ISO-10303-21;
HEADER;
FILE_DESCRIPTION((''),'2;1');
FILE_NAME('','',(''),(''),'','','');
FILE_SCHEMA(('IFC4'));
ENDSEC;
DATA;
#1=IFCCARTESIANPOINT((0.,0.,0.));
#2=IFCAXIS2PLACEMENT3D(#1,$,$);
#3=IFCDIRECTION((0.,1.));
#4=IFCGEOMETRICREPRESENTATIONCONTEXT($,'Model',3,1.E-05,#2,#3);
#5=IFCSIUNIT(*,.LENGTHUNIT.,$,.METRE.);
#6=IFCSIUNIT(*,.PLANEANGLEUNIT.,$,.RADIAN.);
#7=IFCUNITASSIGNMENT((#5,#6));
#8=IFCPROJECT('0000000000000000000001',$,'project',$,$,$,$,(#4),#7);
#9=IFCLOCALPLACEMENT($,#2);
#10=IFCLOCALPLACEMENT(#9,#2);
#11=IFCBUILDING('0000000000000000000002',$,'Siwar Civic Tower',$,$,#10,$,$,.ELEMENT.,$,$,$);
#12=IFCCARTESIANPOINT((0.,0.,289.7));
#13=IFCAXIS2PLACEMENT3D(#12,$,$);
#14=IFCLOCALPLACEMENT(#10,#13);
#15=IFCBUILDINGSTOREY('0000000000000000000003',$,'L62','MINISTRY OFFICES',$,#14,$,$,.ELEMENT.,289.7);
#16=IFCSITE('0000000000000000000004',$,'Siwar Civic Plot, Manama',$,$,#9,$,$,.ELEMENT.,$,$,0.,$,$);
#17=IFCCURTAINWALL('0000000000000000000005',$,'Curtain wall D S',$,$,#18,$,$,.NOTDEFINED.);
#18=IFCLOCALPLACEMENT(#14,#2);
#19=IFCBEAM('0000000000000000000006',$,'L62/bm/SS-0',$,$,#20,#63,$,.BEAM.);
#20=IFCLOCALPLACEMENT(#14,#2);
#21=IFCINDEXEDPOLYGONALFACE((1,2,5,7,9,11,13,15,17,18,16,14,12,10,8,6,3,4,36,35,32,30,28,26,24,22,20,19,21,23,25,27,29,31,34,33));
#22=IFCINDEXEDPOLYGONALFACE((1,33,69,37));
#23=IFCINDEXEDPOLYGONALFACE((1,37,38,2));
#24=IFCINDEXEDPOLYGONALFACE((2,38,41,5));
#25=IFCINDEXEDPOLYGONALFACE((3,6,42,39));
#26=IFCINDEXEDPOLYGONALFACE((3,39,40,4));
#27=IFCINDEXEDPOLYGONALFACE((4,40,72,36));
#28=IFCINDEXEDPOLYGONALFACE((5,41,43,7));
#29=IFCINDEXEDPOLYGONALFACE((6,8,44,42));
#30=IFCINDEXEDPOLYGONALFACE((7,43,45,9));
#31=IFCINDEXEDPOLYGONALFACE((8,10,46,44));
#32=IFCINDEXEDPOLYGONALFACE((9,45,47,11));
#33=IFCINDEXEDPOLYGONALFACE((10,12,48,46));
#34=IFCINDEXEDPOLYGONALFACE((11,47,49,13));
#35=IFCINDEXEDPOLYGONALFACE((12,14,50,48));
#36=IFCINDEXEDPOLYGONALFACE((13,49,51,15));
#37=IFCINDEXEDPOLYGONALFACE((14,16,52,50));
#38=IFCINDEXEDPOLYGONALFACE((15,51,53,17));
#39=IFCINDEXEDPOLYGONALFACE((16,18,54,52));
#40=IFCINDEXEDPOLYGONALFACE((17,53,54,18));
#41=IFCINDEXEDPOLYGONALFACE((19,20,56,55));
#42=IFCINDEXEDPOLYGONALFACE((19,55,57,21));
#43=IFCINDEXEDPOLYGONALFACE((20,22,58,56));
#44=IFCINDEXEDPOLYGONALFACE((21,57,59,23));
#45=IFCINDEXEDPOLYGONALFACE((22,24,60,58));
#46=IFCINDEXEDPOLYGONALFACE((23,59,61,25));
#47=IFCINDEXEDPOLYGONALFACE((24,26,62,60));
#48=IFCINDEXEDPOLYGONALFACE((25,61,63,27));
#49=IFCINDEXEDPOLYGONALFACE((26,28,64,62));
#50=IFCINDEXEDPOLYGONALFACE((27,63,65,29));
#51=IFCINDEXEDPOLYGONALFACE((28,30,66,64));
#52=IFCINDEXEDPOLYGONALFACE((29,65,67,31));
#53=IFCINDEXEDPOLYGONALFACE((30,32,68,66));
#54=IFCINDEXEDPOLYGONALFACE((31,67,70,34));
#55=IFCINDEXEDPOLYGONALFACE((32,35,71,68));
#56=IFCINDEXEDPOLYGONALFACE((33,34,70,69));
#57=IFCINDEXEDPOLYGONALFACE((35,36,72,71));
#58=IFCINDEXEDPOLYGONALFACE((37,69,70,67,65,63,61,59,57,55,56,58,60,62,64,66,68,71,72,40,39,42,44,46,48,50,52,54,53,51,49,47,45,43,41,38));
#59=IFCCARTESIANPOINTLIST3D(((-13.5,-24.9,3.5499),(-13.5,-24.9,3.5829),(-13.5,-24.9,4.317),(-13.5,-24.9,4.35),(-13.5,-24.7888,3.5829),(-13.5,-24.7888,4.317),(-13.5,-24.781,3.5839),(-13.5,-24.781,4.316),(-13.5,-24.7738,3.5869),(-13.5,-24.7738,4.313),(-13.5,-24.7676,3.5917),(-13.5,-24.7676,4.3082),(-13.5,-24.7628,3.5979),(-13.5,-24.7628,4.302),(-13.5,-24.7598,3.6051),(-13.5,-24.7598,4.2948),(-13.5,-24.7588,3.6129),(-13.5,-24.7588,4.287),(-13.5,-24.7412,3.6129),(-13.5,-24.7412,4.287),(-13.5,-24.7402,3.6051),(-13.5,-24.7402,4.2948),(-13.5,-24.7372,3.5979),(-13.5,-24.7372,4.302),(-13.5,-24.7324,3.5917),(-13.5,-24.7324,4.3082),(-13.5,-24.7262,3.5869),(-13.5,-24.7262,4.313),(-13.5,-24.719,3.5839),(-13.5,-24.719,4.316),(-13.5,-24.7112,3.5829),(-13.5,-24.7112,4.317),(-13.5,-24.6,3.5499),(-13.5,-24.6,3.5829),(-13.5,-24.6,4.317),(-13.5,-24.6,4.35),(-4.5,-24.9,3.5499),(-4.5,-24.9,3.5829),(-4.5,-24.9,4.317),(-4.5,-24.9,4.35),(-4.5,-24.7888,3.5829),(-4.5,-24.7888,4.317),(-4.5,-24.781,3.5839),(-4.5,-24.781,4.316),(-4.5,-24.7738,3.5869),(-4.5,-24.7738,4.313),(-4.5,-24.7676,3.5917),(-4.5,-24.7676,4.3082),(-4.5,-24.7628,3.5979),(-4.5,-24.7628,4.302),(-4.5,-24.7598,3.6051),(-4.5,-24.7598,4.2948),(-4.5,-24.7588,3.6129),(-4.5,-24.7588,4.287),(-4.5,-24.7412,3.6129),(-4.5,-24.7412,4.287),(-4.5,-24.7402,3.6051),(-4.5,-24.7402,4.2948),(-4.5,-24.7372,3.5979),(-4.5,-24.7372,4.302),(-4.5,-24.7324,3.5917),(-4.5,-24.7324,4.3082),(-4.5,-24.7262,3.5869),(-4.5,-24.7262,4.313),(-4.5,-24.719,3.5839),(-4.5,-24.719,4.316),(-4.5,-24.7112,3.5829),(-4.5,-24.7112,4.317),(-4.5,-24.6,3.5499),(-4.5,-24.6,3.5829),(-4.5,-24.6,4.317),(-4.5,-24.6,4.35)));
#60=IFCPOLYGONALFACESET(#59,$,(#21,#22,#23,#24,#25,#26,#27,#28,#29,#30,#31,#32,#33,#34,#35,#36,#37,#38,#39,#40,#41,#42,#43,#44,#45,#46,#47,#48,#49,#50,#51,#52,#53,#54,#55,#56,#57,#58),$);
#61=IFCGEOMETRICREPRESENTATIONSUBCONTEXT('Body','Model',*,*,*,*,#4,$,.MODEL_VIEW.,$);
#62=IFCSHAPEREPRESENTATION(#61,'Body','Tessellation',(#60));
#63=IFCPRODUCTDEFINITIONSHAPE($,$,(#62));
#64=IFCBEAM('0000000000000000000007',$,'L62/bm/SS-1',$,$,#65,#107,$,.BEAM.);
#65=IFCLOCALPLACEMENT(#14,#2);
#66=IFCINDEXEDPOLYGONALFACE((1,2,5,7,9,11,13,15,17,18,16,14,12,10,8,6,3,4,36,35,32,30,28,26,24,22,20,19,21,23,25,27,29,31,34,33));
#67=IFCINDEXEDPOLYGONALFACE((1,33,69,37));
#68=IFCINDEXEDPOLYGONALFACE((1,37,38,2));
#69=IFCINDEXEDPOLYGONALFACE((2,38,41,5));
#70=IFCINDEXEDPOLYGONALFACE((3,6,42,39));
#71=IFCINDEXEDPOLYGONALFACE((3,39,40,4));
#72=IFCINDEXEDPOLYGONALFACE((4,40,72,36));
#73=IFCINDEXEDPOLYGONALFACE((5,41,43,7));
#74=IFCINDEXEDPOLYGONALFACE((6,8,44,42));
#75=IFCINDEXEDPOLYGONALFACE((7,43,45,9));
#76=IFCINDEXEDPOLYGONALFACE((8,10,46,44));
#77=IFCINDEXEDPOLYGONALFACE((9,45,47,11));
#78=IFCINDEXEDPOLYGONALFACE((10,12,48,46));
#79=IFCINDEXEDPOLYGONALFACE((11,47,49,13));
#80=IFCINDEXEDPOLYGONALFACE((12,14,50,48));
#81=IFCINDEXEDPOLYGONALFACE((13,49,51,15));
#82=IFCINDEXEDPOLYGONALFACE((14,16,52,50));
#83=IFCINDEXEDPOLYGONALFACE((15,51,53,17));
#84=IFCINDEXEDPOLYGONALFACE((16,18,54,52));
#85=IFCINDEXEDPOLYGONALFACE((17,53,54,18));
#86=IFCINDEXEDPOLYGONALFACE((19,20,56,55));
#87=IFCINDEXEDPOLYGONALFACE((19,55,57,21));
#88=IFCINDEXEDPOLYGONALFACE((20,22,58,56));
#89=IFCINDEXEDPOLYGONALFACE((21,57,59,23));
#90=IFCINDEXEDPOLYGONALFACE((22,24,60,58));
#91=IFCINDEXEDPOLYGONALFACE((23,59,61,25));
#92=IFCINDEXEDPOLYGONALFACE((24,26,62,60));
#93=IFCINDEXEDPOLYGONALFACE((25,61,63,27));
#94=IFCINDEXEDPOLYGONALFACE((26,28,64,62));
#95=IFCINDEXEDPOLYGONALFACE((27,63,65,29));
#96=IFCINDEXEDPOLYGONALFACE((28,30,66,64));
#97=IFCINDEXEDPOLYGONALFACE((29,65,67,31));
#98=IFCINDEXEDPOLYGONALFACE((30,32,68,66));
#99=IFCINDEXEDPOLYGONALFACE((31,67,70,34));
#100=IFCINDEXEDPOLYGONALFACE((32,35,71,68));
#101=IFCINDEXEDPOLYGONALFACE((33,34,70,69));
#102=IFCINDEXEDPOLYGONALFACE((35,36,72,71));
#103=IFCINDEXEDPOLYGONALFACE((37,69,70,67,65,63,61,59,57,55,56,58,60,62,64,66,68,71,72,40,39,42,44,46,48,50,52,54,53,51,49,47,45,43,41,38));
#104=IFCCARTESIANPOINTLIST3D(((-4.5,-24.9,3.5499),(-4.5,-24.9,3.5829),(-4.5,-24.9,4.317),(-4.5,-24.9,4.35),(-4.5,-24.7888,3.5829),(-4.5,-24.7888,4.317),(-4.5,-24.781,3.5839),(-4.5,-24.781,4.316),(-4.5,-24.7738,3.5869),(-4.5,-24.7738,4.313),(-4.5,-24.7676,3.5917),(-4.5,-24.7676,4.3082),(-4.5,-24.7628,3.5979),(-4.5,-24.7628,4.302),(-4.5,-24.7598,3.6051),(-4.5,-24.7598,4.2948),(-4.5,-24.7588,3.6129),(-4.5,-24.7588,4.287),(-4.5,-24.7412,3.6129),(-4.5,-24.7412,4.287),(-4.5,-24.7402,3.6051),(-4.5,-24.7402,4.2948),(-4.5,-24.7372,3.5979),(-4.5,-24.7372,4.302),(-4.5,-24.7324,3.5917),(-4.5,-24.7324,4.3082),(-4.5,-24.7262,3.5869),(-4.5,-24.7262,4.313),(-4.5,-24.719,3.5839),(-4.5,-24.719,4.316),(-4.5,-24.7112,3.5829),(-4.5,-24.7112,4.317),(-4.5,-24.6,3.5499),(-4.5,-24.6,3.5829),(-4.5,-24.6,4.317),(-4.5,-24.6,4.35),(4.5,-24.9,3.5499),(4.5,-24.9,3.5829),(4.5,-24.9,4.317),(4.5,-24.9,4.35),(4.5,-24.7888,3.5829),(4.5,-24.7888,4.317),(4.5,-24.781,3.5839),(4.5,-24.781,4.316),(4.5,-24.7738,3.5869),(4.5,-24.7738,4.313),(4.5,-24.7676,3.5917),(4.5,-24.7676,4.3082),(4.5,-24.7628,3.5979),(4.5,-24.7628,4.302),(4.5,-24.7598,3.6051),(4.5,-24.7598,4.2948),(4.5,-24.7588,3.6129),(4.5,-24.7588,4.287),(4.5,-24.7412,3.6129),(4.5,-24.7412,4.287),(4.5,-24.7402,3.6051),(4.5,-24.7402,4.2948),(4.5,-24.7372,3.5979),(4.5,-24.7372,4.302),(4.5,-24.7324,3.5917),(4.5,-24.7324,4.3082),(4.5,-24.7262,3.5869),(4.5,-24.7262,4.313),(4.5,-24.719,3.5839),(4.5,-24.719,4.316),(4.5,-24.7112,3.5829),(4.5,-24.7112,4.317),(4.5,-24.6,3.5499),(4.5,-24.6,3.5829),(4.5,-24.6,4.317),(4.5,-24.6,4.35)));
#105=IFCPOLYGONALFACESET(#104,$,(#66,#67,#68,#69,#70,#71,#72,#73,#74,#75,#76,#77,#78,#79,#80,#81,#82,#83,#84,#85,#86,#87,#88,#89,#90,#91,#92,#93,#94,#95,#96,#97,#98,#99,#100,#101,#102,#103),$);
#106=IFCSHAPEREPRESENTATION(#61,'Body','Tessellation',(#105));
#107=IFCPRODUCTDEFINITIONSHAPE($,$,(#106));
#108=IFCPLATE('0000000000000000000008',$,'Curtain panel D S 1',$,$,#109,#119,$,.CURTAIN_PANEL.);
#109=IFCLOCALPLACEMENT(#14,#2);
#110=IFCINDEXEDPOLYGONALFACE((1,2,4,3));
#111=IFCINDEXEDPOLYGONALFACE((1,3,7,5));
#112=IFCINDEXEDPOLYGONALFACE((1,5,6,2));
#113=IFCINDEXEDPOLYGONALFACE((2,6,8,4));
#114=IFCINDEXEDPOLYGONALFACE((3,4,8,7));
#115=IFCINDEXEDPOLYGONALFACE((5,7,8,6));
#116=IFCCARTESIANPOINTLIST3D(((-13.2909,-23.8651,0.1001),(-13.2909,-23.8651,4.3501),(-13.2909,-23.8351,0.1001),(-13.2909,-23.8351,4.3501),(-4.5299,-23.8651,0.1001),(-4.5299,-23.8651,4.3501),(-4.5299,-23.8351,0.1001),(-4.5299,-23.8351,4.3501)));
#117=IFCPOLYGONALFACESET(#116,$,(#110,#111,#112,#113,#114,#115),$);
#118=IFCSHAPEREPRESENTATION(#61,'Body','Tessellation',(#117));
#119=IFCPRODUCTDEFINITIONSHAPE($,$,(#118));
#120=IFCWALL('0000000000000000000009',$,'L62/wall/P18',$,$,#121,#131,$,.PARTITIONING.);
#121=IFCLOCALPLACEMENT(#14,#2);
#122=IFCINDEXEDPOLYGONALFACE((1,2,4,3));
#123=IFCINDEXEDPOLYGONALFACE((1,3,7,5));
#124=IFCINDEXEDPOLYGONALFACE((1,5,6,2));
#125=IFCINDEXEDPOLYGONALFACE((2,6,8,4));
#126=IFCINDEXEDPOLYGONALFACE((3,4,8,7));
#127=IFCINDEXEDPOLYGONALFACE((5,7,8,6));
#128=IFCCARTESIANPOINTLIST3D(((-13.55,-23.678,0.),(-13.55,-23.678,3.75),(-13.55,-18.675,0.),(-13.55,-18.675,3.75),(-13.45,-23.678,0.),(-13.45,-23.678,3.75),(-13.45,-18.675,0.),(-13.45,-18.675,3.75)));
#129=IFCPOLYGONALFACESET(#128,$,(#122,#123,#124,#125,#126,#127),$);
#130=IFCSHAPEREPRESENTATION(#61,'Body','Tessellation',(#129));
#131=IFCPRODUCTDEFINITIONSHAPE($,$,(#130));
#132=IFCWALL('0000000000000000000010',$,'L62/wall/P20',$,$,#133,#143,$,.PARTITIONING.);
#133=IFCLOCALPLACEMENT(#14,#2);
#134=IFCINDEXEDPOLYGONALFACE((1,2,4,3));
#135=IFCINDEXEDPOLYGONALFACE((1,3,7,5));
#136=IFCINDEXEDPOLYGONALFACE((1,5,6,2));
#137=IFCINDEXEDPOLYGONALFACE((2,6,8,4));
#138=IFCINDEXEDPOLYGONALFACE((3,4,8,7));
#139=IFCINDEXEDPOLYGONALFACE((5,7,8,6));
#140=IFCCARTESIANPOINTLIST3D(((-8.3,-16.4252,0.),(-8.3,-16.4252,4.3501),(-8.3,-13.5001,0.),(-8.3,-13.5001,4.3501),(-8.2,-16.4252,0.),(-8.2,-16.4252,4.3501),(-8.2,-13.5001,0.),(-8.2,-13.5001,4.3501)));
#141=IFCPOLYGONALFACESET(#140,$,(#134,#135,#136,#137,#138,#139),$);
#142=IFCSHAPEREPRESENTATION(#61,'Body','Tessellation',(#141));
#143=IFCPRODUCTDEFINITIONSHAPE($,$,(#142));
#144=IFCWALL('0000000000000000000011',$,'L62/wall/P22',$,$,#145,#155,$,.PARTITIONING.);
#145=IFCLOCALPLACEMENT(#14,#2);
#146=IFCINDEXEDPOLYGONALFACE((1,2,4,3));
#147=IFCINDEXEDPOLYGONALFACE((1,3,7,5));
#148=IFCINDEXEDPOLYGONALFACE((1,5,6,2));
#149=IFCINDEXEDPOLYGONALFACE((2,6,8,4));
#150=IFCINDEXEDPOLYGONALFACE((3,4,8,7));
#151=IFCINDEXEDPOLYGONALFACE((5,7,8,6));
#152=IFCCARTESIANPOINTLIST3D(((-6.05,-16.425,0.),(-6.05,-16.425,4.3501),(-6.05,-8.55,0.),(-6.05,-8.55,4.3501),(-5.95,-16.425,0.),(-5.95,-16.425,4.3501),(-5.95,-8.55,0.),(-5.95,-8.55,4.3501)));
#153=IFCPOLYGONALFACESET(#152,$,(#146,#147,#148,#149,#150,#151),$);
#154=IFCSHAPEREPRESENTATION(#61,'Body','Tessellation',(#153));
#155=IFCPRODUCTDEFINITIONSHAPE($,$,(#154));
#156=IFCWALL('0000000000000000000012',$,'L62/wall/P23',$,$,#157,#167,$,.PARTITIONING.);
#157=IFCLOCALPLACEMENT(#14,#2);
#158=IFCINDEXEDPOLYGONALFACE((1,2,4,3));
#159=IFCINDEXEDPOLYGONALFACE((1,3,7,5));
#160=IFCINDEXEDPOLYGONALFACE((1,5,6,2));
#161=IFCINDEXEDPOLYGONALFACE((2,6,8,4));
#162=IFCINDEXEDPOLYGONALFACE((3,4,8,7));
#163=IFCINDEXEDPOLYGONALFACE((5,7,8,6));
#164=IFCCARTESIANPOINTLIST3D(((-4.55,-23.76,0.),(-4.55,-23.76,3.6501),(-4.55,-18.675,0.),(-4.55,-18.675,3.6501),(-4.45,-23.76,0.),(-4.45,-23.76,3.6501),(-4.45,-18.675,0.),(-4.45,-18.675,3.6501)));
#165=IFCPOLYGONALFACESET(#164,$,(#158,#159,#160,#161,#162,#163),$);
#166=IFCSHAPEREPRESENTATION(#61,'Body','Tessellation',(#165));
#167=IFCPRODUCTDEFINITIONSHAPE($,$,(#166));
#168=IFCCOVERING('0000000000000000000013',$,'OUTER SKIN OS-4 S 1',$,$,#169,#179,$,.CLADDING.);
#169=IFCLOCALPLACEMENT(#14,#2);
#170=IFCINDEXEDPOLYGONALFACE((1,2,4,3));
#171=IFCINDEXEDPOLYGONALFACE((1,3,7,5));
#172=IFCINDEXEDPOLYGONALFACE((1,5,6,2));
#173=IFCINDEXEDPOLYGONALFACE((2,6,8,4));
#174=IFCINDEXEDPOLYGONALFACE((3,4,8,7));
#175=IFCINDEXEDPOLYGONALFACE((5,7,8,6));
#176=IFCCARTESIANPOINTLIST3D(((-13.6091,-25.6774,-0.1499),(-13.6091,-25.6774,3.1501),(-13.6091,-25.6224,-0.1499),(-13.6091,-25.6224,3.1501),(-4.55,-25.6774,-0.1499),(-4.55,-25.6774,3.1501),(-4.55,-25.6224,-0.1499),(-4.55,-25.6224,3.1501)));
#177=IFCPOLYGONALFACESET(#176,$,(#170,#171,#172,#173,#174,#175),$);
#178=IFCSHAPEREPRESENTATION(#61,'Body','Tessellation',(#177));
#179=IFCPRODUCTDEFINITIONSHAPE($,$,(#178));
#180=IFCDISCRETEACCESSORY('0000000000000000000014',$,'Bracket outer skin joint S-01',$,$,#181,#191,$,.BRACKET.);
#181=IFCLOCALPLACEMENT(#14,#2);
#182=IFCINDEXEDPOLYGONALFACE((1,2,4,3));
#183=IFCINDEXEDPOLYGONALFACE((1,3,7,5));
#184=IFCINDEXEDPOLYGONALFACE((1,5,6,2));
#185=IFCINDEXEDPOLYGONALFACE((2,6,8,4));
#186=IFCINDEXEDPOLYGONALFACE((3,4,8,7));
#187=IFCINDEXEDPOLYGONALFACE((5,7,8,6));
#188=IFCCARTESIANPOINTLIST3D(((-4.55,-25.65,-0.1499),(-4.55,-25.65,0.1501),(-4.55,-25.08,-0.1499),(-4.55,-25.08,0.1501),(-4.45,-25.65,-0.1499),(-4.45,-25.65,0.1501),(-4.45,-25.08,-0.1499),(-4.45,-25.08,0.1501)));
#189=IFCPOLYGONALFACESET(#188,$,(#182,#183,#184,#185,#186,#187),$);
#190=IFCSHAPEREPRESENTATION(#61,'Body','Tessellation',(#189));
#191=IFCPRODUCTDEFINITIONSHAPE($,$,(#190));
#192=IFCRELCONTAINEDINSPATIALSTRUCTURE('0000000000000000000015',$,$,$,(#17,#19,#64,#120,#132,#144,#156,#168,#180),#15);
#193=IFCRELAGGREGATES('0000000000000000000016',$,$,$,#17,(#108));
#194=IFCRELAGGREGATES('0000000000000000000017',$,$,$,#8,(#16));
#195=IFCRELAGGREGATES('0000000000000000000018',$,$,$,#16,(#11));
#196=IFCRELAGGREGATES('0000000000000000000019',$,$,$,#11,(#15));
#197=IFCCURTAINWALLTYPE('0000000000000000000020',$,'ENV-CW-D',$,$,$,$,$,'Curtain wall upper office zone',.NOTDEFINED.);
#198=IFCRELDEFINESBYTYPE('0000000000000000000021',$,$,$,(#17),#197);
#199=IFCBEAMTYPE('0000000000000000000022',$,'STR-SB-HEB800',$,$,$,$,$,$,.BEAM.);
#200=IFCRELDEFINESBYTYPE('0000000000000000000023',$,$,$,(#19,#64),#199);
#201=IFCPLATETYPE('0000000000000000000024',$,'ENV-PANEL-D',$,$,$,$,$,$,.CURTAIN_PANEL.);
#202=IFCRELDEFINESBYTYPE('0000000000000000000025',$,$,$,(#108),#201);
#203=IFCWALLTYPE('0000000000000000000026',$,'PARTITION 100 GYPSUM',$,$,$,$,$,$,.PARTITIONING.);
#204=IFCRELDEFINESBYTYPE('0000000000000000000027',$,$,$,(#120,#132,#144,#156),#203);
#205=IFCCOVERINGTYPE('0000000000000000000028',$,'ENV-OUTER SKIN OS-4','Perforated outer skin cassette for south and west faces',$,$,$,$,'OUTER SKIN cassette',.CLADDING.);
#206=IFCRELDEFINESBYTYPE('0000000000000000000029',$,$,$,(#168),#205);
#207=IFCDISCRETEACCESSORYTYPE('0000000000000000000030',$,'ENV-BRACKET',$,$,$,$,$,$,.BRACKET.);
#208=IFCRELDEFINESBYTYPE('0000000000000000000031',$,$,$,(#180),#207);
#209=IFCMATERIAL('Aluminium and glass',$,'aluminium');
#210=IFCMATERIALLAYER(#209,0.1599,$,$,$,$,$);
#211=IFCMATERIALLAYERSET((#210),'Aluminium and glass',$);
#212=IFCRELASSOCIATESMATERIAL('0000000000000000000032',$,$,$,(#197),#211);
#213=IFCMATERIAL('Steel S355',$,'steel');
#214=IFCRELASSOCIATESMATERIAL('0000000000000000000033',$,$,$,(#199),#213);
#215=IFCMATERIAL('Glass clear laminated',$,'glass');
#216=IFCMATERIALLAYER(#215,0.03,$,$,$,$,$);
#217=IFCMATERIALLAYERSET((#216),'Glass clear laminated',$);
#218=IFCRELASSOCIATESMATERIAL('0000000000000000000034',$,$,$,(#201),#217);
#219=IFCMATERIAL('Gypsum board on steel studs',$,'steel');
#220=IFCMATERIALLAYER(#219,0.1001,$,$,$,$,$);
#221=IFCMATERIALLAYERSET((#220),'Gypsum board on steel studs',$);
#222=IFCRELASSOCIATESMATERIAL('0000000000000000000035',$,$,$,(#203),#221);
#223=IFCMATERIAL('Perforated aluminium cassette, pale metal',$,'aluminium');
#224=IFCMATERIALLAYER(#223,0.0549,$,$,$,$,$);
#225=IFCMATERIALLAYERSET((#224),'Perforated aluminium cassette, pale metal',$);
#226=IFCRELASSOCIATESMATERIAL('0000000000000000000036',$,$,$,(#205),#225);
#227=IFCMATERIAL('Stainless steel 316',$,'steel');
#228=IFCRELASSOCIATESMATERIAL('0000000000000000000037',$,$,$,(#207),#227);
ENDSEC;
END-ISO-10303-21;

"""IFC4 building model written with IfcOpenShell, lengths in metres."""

from ifc_helpers import new_model, si_unit, direction, frame, frame_2d, origin, origin_2d, place, context, subcontext, project, spatial, rectangle, i_section, extrude, material, layer, layer_set, material_profile, profile_set, type_object, element, aggregate, save


model = new_model("IFC4")

# Units and contexts
model_context = context("Model", 3, precision=1e-05, world=origin(), true_north=direction((0.0, 1.0)))
body_context = subcontext(model_context, "Body", "Model", "MODEL_VIEW")
ifc_project = project(units=[si_unit("LENGTHUNIT", "METRE"), si_unit("PLANEANGLEUNIT", "RADIAN")], contexts=[model_context])

# Site, building, storey
site_placement = place(None, origin())
site = spatial("IfcSite", under=ifc_project, at=site_placement, Name="Siwar Civic Plot, Manama", CompositionType="ELEMENT", RefElevation=0.0)
building_placement = place(site_placement, origin())
building = spatial("IfcBuilding", under=site, at=building_placement, Name="Siwar Civic Tower", CompositionType="ELEMENT")
storey_placement = place(building_placement, frame((0.0, 0.0, 289.7)))
storey = spatial("IfcBuildingStorey", under=building, at=storey_placement, Name="L62", Description="MINISTRY OFFICES", CompositionType="ELEMENT", Elevation=289.7)

# Curtain wall
ifc_material_1 = material(Name="Aluminium and glass", Category="aluminium")
ifc_layer_1 = layer(ifc_material_1, 0.1599)
ifc_layer_set_1 = layer_set([ifc_layer_1], Name="Aluminium and glass")
curtain_wall_type = type_object("IfcCurtainWallType", Name="ENV-CW-D", ElementType="Curtain wall upper office zone", PredefinedType="NOTDEFINED", material=ifc_layer_set_1)
curtain_wall_placement = place(storey_placement, origin())
curtain_wall = element("IfcCurtainWall", 1, at=curtain_wall_placement, inside=storey, type_object=curtain_wall_type, Name="Curtain wall D S", PredefinedType="NOTDEFINED")

# Beams
ifc_material_2 = material(Name="Steel S355", Category="steel")
ifc_material_profile_1 = material_profile(ifc_material_2, i_section(OverallWidth=0.3, OverallDepth=0.8, WebThickness=0.0176, FlangeThickness=0.033, FilletRadius=0.03, at=origin_2d()), Name="HEB800")
ifc_profile_set_1 = profile_set([ifc_material_profile_1], Name="Steel S355")
beam_type_1 = type_object("IfcBeamType", Name="STR-SB-HEB800", PredefinedType="BEAM", material=ifc_profile_set_1)
for number, where, z_axis, x_axis, name in (
    (2, (-13.5, -24.75, 3.95), (1.0, 0.0, 0.0), (0.0, 1.0, 0.0), "L62/bm/SS-0"),
    (3, (-4.5, -24.75, 3.95), (1.0, 0.0, 0.0), (0.0, 1.0, 0.0), "L62/bm/SS-1"),
):
    element("IfcBeam", number, at=place(storey_placement, frame(where, z_axis=z_axis, x_axis=x_axis)), inside=storey, type_object=beam_type_1, Name=name, PredefinedType="BEAM", context=body_context, shape_type="SweptSolid", body=[
        extrude(i_section(OverallWidth=0.3, OverallDepth=0.8, WebThickness=0.0176, FlangeThickness=0.033, FilletRadius=0.03, at=origin_2d()), origin(), (0.0, 0.0, 1.0), 9.0),
    ])

# Plate
ifc_material_3 = material(Name="Glass clear laminated", Category="glass")
ifc_layer_2 = layer(ifc_material_3, 0.03)
ifc_layer_set_2 = layer_set([ifc_layer_2], Name="Glass clear laminated")
plate_type = type_object("IfcPlateType", Name="ENV-PANEL-D", PredefinedType="CURTAIN_PANEL", material=ifc_layer_set_2)
plate_placement = place(storey_placement, frame((-8.9104, -23.8501, 0.1001), z_axis=(0.0, 0.0, 1.0), x_axis=(1.0, 0.0, 0.0)))
plate = element("IfcPlate", 4, at=plate_placement, type_object=plate_type, Name="Curtain panel D S 1", PredefinedType="CURTAIN_PANEL", context=body_context, shape_type="SweptSolid", body=[
    extrude(rectangle(XDim=8.761, YDim=0.03, at=origin_2d()), origin(), (0.0, 0.0, 1.0), 4.25),
])
aggregate(curtain_wall, [plate])

# Walls
ifc_material_4 = material(Name="Gypsum board on steel studs", Category="steel")
ifc_layer_3 = layer(ifc_material_4, 0.1001)
ifc_layer_set_3 = layer_set([ifc_layer_3], Name="Gypsum board on steel studs")
wall_type = type_object("IfcWallType", Name="PARTITION 100 GYPSUM", PredefinedType="PARTITIONING", material=ifc_layer_set_3)
wall_1_placement = place(storey_placement, frame((-13.5, -23.678, 0.0), z_axis=(0.0, 0.0, 1.0), x_axis=(0.0, 1.0, 0.0)))
element("IfcWall", 5, at=wall_1_placement, inside=storey, type_object=wall_type, Name="L62/wall/P18", PredefinedType="PARTITIONING", context=body_context, shape_type="SweptSolid", body=[
    extrude(rectangle(XDim=5.0029, YDim=0.1001, at=frame_2d((2.5015, 0.0))), origin(), (0.0, 0.0, 1.0), 3.75),
])
wall_2_placement = place(storey_placement, frame((-8.25, -16.425, 0.0), z_axis=(0.0, 0.0, 1.0), x_axis=(0.0, 1.0, 0.0)))
element("IfcWall", 6, at=wall_2_placement, inside=storey, type_object=wall_type, Name="L62/wall/P20", PredefinedType="PARTITIONING", context=body_context, shape_type="SweptSolid", body=[
    extrude(rectangle(XDim=2.925, YDim=0.1001, at=frame_2d((1.4624, 0.0))), origin(), (0.0, 0.0, 1.0), 4.3501),
])
wall_3_placement = place(storey_placement, frame((-6.0, -16.425, 0.0), z_axis=(0.0, 0.0, 1.0), x_axis=(0.0, 1.0, 0.0)))
element("IfcWall", 7, at=wall_3_placement, inside=storey, type_object=wall_type, Name="L62/wall/P22", PredefinedType="PARTITIONING", context=body_context, shape_type="SweptSolid", body=[
    extrude(rectangle(XDim=7.875, YDim=0.1001, at=frame_2d((3.9375, 0.0))), origin(), (0.0, 0.0, 1.0), 4.3501),
])
wall_4_placement = place(storey_placement, frame((-4.5, -23.76, 0.0), z_axis=(0.0, 0.0, 1.0), x_axis=(0.0, 1.0, 0.0)))
element("IfcWall", 8, at=wall_4_placement, inside=storey, type_object=wall_type, Name="L62/wall/P23", PredefinedType="PARTITIONING", context=body_context, shape_type="SweptSolid", body=[
    extrude(rectangle(XDim=5.085, YDim=0.1001, at=frame_2d((2.5425, 0.0))), origin(), (0.0, 0.0, 1.0), 3.6501),
])

# Covering
ifc_material_5 = material(Name="Perforated aluminium cassette, pale metal", Category="aluminium")
ifc_layer_4 = layer(ifc_material_5, 0.0549)
ifc_layer_set_4 = layer_set([ifc_layer_4], Name="Perforated aluminium cassette, pale metal")
covering_type = type_object("IfcCoveringType", Name="ENV-OUTER SKIN OS-4", Description="Perforated outer skin cassette for south and west faces", ElementType="OUTER SKIN cassette", PredefinedType="CLADDING", material=ifc_layer_set_4)
covering_placement = place(storey_placement, frame((-9.0796, -25.6499, -0.1499), z_axis=(0.0, 0.0, 1.0), x_axis=(1.0, 0.0, 0.0)))
element("IfcCovering", 9, at=covering_placement, inside=storey, type_object=covering_type, Name="OUTER SKIN OS-4 S 1", PredefinedType="CLADDING", context=body_context, shape_type="SweptSolid", body=[
    extrude(rectangle(XDim=9.0591, YDim=0.0549, at=origin_2d()), origin(), (0.0, 0.0, 1.0), 3.3),
])

# Discrete accessory
ifc_material_6 = material(Name="Stainless steel 316", Category="steel")
discrete_accessory_type = type_object("IfcDiscreteAccessoryType", Name="ENV-BRACKET", PredefinedType="BRACKET", material=ifc_material_6)
discrete_accessory_placement = place(storey_placement, frame((-4.5, -25.365, -0.1499), z_axis=(0.0, 0.0, 1.0), x_axis=(0.0, -1.0, 0.0)))
element("IfcDiscreteAccessory", 10, at=discrete_accessory_placement, inside=storey, type_object=discrete_accessory_type, Name="Bracket outer skin joint S-01", PredefinedType="BRACKET", context=body_context, shape_type="SweptSolid", body=[
    extrude(rectangle(XDim=0.5701, YDim=0.1001, at=origin_2d()), origin(), (0.0, 0.0, 1.0), 0.3),
])

save(model, "model.ifc")
